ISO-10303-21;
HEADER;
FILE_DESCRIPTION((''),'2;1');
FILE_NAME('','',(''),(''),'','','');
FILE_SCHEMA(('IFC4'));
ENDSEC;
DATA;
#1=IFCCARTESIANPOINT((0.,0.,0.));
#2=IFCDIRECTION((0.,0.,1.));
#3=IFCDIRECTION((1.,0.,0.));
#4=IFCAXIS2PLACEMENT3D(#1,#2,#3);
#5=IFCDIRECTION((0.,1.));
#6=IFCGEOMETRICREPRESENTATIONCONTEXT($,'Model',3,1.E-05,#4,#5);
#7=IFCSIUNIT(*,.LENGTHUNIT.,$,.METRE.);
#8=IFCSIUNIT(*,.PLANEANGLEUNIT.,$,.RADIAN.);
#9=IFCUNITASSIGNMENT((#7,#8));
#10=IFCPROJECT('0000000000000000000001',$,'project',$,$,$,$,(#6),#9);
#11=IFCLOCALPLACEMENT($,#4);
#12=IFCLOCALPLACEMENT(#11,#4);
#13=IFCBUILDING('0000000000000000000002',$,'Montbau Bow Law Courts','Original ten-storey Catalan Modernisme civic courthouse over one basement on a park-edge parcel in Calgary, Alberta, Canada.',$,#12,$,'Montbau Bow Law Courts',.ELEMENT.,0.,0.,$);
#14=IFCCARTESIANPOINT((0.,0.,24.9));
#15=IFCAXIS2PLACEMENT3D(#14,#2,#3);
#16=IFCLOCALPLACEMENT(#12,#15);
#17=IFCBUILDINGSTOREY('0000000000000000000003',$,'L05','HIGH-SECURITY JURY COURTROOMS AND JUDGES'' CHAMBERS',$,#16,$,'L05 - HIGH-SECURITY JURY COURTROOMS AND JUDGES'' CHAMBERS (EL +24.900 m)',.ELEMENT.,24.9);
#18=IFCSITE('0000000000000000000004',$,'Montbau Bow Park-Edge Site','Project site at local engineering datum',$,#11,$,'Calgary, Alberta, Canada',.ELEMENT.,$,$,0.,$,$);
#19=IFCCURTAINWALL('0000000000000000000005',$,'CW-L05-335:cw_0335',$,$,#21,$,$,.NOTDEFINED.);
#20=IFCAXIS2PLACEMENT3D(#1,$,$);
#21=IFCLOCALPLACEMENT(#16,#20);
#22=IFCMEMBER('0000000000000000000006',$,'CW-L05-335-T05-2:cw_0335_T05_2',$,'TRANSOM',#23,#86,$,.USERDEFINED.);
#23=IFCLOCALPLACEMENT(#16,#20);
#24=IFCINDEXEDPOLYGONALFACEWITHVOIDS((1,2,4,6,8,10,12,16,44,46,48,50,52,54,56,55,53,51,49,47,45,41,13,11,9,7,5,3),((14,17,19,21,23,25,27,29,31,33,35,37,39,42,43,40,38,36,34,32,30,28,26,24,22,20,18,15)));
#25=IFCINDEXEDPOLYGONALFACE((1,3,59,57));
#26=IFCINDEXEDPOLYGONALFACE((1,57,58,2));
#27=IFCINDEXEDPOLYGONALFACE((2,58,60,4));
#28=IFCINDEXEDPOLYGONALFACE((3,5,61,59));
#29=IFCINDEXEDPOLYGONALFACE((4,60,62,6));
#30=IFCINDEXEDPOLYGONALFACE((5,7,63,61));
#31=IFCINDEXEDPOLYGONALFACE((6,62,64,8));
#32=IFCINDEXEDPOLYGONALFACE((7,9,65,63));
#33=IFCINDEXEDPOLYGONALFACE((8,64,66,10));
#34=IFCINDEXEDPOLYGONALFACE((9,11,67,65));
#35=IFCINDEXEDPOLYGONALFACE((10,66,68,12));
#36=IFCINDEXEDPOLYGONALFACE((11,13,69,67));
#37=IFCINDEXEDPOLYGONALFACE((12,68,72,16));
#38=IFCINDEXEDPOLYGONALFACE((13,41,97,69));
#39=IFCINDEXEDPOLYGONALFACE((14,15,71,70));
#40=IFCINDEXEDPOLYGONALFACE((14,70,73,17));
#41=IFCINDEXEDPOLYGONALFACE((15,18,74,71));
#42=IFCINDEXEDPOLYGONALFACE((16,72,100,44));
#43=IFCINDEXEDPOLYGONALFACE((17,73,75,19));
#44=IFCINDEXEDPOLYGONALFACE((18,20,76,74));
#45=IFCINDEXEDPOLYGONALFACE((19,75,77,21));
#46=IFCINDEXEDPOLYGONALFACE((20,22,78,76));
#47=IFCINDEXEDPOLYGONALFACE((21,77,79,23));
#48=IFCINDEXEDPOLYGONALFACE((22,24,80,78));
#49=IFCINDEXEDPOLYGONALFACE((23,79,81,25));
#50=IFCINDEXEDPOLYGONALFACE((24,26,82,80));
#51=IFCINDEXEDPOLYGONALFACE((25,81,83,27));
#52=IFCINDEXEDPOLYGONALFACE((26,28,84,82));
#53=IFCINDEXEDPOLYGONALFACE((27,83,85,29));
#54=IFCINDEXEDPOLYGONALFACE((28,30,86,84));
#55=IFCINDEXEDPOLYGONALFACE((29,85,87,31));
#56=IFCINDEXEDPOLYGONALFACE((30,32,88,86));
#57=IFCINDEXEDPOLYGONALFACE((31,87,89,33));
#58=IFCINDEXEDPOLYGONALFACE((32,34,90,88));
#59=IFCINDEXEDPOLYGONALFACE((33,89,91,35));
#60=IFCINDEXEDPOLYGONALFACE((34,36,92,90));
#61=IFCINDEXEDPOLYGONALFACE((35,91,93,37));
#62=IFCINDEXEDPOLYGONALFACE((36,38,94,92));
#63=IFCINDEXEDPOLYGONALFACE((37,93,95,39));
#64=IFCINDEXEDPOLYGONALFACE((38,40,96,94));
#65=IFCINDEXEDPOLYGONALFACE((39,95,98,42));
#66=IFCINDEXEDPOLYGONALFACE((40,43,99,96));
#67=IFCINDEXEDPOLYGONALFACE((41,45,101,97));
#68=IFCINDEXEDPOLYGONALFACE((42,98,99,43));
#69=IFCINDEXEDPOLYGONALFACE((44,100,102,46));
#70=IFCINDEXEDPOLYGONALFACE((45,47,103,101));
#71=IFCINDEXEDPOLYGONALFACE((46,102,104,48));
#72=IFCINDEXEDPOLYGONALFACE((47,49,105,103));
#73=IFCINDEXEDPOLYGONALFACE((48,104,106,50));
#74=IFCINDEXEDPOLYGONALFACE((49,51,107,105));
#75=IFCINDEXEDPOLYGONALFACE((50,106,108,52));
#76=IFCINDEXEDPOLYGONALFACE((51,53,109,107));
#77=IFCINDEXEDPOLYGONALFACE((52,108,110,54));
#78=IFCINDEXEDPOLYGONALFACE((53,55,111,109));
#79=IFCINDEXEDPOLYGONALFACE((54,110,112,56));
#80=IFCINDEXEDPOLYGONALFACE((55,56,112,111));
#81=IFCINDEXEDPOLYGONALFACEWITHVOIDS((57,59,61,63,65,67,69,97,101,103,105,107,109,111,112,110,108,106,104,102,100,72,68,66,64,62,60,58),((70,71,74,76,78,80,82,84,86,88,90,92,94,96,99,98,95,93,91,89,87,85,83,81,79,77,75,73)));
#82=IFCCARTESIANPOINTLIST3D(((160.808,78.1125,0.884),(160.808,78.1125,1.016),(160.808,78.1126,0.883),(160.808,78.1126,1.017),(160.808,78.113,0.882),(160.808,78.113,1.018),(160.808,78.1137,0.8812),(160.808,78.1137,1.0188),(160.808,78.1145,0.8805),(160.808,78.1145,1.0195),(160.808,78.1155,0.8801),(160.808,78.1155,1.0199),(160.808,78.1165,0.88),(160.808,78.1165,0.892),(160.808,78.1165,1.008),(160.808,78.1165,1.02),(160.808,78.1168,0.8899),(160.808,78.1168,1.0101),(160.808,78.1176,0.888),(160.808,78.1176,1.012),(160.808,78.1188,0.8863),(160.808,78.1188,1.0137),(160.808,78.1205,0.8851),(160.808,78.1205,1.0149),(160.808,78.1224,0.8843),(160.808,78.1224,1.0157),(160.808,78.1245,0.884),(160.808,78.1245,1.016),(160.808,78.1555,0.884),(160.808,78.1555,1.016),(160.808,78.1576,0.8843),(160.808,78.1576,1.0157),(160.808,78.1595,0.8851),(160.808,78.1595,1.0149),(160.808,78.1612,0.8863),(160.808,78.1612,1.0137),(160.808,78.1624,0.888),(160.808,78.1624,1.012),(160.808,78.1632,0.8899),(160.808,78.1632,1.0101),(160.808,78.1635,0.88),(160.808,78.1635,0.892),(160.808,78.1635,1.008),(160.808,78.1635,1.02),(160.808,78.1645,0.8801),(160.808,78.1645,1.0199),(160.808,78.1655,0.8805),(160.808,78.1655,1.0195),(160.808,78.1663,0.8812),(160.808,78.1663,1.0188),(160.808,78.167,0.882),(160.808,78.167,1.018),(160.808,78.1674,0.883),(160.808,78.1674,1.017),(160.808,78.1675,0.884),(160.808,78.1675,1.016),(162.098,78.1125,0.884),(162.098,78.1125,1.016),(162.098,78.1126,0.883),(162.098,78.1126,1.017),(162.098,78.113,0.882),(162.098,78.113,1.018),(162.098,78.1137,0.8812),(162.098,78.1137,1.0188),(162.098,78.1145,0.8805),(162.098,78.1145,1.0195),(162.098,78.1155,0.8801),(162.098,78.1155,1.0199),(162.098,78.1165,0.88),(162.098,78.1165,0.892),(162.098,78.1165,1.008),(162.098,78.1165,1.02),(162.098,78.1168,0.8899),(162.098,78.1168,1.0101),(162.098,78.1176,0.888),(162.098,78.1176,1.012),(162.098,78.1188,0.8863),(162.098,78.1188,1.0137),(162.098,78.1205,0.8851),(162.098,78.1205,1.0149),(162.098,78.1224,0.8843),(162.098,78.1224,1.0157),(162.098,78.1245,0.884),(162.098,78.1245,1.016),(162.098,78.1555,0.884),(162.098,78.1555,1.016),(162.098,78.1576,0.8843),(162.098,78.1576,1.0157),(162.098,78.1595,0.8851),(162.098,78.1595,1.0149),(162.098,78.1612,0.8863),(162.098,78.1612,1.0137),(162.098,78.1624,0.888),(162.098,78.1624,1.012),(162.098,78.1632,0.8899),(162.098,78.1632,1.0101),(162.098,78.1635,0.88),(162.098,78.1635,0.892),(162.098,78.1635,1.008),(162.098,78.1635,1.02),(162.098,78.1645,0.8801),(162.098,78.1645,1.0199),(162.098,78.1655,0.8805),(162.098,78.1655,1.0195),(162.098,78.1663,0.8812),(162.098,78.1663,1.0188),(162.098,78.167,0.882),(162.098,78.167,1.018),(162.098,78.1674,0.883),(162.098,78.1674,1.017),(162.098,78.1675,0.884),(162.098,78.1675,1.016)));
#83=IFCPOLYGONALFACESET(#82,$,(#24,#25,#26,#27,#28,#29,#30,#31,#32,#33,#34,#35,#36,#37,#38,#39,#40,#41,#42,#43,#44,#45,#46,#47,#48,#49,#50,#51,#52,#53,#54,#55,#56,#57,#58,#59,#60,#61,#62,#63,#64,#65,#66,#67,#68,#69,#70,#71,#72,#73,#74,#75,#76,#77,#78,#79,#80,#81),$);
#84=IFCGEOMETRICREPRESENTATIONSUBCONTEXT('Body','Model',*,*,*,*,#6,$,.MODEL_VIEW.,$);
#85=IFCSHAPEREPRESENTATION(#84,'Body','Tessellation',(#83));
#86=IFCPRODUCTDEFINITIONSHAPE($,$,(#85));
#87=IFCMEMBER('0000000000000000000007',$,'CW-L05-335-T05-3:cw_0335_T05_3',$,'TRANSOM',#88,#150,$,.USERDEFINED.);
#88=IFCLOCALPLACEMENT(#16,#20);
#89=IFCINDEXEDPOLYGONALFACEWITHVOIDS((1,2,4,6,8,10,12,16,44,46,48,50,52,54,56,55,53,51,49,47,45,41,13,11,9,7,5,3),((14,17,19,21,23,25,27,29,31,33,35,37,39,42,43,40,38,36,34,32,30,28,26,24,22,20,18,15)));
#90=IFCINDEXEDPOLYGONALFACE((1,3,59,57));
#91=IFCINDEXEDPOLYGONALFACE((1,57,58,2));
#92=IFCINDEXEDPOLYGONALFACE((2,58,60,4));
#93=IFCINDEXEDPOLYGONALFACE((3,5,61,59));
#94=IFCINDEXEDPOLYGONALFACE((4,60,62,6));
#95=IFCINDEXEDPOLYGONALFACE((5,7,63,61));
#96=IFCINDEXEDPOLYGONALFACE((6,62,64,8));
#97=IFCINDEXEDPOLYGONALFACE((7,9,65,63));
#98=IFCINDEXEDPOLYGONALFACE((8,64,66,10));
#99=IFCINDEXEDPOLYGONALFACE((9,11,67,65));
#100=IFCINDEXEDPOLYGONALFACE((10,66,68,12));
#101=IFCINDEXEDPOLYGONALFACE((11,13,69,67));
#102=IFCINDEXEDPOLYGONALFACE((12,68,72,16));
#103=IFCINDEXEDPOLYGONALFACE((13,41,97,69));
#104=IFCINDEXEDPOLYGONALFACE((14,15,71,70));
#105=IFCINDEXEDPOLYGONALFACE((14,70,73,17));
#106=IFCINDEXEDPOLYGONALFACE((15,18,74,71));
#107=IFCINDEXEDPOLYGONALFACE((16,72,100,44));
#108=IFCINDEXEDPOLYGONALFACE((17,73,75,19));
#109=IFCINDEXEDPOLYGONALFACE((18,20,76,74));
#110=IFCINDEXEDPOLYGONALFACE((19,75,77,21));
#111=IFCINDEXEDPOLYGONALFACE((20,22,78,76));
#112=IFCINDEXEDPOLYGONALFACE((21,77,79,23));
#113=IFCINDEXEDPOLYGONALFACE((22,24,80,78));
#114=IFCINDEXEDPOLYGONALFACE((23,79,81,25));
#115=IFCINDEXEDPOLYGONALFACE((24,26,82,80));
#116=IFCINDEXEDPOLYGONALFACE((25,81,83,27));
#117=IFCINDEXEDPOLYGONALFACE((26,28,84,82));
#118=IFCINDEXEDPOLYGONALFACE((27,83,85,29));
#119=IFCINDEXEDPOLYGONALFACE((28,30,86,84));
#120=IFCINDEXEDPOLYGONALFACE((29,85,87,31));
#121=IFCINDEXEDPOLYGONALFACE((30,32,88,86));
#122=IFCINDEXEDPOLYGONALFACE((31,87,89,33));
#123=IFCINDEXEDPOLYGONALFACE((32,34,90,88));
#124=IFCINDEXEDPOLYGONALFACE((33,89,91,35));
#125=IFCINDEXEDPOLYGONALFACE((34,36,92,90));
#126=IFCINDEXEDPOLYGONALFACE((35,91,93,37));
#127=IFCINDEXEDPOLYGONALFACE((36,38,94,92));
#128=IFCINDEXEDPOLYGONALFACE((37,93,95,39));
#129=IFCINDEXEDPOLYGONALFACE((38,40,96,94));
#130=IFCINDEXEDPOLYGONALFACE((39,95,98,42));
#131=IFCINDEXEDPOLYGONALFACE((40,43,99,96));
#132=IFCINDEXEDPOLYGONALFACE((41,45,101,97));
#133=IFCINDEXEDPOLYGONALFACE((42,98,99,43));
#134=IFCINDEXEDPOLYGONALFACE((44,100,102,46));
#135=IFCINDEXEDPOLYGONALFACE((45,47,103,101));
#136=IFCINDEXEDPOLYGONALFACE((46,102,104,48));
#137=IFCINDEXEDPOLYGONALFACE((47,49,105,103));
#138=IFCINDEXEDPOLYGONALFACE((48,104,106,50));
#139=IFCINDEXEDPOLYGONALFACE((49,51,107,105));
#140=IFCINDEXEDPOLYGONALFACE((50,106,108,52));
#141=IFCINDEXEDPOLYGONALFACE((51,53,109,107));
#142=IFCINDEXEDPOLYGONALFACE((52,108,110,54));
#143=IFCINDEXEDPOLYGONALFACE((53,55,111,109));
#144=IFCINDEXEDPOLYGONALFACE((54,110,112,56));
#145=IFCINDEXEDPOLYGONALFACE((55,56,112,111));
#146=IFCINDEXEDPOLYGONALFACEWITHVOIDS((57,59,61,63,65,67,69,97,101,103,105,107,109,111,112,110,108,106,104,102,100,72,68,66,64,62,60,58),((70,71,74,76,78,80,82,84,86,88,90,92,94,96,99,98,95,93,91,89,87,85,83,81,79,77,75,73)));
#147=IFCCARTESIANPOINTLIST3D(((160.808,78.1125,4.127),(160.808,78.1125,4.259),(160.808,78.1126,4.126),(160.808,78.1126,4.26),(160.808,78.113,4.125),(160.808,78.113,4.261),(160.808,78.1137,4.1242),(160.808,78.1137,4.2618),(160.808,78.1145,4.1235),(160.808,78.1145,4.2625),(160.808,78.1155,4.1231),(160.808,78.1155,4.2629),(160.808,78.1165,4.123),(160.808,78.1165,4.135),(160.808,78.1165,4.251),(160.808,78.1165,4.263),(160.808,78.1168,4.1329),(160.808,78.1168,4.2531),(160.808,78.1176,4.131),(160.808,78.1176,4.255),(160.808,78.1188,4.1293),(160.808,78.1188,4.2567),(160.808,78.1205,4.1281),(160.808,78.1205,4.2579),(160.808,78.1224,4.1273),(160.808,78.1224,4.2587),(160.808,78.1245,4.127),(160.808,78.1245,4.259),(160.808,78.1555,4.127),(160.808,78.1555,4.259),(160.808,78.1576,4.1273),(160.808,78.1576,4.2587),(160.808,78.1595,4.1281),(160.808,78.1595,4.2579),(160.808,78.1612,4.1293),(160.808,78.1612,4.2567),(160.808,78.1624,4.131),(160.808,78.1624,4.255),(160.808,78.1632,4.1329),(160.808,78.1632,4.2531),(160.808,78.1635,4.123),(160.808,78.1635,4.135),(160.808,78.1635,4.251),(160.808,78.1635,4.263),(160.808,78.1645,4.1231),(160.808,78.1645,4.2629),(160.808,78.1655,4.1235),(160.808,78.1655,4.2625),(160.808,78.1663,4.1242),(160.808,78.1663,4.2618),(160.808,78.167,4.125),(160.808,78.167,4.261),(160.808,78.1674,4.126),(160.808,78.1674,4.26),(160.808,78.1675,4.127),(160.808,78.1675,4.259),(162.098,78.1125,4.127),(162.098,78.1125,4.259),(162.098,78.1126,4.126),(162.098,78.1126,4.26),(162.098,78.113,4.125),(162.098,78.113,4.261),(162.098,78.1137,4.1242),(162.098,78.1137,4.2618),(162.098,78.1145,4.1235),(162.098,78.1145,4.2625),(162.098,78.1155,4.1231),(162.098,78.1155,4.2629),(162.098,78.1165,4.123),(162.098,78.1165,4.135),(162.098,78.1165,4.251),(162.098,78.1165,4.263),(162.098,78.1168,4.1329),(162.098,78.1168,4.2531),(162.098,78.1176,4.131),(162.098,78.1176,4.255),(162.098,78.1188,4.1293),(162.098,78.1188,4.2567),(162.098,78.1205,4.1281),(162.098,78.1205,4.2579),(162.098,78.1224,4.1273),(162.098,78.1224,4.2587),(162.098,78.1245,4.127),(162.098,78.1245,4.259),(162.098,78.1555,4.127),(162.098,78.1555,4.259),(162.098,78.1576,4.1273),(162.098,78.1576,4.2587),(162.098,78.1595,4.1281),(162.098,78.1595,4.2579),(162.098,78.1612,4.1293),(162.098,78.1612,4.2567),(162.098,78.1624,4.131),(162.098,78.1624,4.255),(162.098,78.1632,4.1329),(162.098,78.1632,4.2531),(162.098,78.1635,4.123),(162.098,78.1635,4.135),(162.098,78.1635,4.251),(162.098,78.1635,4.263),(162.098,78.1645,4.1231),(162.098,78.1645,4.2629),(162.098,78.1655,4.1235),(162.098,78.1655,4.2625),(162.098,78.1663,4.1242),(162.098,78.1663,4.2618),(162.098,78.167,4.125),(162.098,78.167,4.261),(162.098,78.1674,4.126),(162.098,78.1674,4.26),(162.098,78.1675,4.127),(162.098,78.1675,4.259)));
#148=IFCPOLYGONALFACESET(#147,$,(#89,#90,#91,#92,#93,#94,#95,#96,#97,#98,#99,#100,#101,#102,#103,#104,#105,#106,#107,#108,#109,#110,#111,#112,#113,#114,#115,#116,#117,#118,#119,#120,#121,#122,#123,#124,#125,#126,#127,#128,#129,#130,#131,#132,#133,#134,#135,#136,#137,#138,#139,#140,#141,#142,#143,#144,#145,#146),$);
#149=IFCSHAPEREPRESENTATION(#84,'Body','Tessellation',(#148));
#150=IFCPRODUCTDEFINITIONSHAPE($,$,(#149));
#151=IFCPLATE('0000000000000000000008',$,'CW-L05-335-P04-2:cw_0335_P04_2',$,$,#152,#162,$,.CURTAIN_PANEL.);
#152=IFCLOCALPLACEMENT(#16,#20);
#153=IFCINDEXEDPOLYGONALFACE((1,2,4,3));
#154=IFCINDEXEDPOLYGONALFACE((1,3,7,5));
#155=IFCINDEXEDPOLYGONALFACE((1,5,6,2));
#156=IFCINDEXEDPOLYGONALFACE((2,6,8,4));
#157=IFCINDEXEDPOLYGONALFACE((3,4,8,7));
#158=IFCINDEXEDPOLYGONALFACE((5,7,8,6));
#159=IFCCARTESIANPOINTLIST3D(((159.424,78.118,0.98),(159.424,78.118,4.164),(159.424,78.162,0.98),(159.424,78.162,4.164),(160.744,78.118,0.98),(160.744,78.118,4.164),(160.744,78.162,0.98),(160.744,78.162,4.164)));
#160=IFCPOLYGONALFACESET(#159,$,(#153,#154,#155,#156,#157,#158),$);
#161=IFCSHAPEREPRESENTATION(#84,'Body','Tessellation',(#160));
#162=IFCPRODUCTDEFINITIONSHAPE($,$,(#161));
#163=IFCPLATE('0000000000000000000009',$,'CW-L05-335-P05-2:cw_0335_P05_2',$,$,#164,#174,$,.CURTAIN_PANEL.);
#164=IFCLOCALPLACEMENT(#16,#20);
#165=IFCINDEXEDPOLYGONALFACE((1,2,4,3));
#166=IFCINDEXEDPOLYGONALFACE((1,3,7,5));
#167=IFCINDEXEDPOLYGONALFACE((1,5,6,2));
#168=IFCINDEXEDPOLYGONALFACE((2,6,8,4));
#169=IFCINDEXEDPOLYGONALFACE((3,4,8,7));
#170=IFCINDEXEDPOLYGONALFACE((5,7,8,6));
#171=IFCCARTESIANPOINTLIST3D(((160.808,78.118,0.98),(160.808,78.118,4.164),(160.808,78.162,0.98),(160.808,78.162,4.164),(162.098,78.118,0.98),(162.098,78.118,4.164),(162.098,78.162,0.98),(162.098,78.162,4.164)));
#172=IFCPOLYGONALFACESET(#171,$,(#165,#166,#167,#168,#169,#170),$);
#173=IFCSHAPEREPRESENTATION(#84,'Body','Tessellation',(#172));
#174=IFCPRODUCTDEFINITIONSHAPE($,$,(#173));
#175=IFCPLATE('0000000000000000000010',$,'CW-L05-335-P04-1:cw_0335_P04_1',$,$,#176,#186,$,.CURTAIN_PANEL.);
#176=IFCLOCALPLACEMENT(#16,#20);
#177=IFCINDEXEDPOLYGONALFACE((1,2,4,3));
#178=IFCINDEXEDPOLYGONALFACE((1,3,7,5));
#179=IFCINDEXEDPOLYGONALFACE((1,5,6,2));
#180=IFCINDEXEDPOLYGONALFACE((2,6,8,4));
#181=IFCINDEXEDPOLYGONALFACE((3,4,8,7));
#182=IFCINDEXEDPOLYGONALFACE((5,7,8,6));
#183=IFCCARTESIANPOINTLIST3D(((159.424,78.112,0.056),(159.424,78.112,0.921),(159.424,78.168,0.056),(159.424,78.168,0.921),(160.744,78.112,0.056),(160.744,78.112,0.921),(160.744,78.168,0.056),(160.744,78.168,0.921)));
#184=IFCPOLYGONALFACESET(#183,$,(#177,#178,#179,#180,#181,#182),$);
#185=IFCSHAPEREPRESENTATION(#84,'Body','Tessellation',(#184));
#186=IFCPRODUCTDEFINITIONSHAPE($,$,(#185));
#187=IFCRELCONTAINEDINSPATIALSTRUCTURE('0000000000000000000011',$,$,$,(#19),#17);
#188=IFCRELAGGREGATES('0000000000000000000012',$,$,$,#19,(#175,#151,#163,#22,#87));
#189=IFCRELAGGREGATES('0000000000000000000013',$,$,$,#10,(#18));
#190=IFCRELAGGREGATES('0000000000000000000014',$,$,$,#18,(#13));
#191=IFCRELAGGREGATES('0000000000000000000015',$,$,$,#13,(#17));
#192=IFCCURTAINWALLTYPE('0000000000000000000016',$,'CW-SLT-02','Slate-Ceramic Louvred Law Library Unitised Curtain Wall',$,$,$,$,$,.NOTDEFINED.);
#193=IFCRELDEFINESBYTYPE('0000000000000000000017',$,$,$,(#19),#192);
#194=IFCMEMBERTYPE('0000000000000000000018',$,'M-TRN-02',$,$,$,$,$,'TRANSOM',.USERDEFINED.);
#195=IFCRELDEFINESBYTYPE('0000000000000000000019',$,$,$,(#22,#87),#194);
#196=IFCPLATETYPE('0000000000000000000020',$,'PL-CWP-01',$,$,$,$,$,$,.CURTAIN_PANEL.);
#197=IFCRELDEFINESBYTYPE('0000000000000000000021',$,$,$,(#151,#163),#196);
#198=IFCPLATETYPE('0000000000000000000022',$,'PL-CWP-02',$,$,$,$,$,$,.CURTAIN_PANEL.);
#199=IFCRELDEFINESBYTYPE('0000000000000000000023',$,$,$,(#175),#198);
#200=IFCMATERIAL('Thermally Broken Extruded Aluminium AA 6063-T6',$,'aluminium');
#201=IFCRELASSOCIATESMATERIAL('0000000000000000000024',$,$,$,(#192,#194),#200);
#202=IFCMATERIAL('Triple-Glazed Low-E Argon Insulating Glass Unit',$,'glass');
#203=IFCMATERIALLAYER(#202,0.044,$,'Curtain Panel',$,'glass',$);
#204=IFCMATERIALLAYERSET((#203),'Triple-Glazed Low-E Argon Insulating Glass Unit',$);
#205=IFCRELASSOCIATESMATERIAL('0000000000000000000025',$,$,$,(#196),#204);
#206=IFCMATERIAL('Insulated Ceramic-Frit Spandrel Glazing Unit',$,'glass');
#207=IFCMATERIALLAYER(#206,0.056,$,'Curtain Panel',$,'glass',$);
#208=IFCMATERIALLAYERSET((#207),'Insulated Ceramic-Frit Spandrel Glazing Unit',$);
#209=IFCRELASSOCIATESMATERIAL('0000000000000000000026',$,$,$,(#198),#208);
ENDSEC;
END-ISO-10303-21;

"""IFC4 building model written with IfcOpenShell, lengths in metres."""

from ifc_helpers import new_model, si_unit, direction, frame, frame_2d, origin_with_axes, origin_2d_with_axis, place, context, subcontext, project, spatial, rectangle, hollow_rectangle, extrude, material, layer, layer_set, material_profile, profile_set, type_object, element, aggregate, save


model = new_model("IFC4")

# Units and contexts
model_context = context("Model", 3, precision=1e-05, world=origin_with_axes(), true_north=direction((0.0, 1.0)))
body_context = subcontext(model_context, "Body", "Model", "MODEL_VIEW")
ifc_project = project(units=[si_unit("LENGTHUNIT", "METRE"), si_unit("PLANEANGLEUNIT", "RADIAN")], contexts=[model_context])

# Site, building, storey
site_placement = place(None, origin_with_axes())
site = spatial("IfcSite", under=ifc_project, at=site_placement, Name="Montbau Bow Park-Edge Site", Description="Project site at local engineering datum", LongName="Calgary, Alberta, Canada", CompositionType="ELEMENT", RefElevation=0.0)
building_placement = place(site_placement, origin_with_axes())
building = spatial("IfcBuilding", under=site, at=building_placement, Name="Montbau Bow Law Courts", Description="Original ten-storey Catalan Modernisme civic courthouse over one basement on a park-edge parcel in Calgary, Alberta, Canada.", LongName="Montbau Bow Law Courts", CompositionType="ELEMENT", ElevationOfRefHeight=0.0, ElevationOfTerrain=0.0)
storey_placement = place(building_placement, frame((0.0, 0.0, 24.9), z_axis=(0.0, 0.0, 1.0), x_axis=(1.0, 0.0, 0.0)))
storey = spatial("IfcBuildingStorey", under=building, at=storey_placement, Name="L05", Description="HIGH-SECURITY JURY COURTROOMS AND JUDGES' CHAMBERS", LongName="L05 - HIGH-SECURITY JURY COURTROOMS AND JUDGES' CHAMBERS (EL +24.900 m)", CompositionType="ELEMENT", Elevation=24.9)

# Shared definitions
ifc_material_1 = material(Name="Thermally Broken Extruded Aluminium AA 6063-T6", Category="aluminium")
curtain_wall_type = type_object("IfcCurtainWallType", Name="CW-SLT-02", Description="Slate-Ceramic Louvred Law Library Unitised Curtain Wall", PredefinedType="NOTDEFINED", material=ifc_material_1)

# Curtain wall, members, plates
curtain_wall_1_placement = place(None, frame((155.24, 78.14, 24.9), z_axis=(0.0, 0.0, 1.0), x_axis=(1.0, 0.0, 0.0)))
curtain_wall_1 = element("IfcCurtainWall", 1, at=curtain_wall_1_placement, inside=storey, type_object=curtain_wall_type, Name="CW-L05-335:cw_0335", PredefinedType="NOTDEFINED")
ifc_material_profile_1 = material_profile(ifc_material_1, hollow_rectangle(XDim=0.055, YDim=0.14, WallThickness=0.004, InnerFilletRadius=0.008, OuterFilletRadius=0.004, at=origin_2d_with_axis()), Name="CWT-140X55", Category="Main", Priority=0)
ifc_profile_set_1 = profile_set([ifc_material_profile_1], Name="Thermally Broken Extruded Aluminium AA 6063-T6")
member_type_1 = type_object("IfcMemberType", Name="M-TRN-02", ElementType="TRANSOM", PredefinedType="USERDEFINED", material=ifc_profile_set_1)
member_1_placement = place(None, frame((160.808, 78.14, 25.85), z_axis=(1.0, 0.0, 0.0), x_axis=(0.0, 1.0, 0.0)))
member_1 = element("IfcMember", 2, at=member_1_placement, type_object=member_type_1, Name="CW-L05-335-T05-2:cw_0335_T05_2", ObjectType="TRANSOM", PredefinedType="USERDEFINED", context=body_context, shape_type="SweptSolid", body=[
    extrude(hollow_rectangle(XDim=0.055, YDim=0.14, WallThickness=0.004, InnerFilletRadius=0.008, OuterFilletRadius=0.004, at=origin_2d_with_axis()), origin_with_axes(), (0.0, 0.0, 1.0), 1.29),
])
member_2_placement = place(None, frame((160.808, 78.14, 29.093), z_axis=(1.0, 0.0, 0.0), x_axis=(0.0, 1.0, 0.0)))
member_2 = element("IfcMember", 3, at=member_2_placement, type_object=member_type_1, Name="CW-L05-335-T05-3:cw_0335_T05_3", ObjectType="TRANSOM", PredefinedType="USERDEFINED", context=body_context, shape_type="SweptSolid", body=[
    extrude(hollow_rectangle(XDim=0.055, YDim=0.14, WallThickness=0.004, InnerFilletRadius=0.008, OuterFilletRadius=0.004, at=origin_2d_with_axis()), origin_with_axes(), (0.0, 0.0, 1.0), 1.29),
])
ifc_material_2 = material(Name="Triple-Glazed Low-E Argon Insulating Glass Unit", Category="glass")
ifc_layer_1 = layer(ifc_material_2, 0.044, Name="Curtain Panel", Category="glass")
ifc_layer_set_1 = layer_set([ifc_layer_1], Name="Triple-Glazed Low-E Argon Insulating Glass Unit")
plate_type_1 = type_object("IfcPlateType", Name="PL-CWP-01", PredefinedType="CURTAIN_PANEL", material=ifc_layer_set_1)
plate_1_placement = place(None, frame((159.424, 78.14, 25.88), z_axis=(0.0, -1.0, 0.0), x_axis=(1.0, 0.0, 0.0)))
plate_1 = element("IfcPlate", 4, at=plate_1_placement, type_object=plate_type_1, Name="CW-L05-335-P04-2:cw_0335_P04_2", PredefinedType="CURTAIN_PANEL", context=body_context, shape_type="SweptSolid", body=[
    extrude(rectangle(XDim=1.32, YDim=3.184, at=frame_2d((0.66, 1.592), x_axis=(1.0, 0.0))), frame((0.0, 0.0, -0.022), z_axis=(0.0, 0.0, 1.0), x_axis=(1.0, 0.0, 0.0)), (0.0, 0.0, 1.0), 0.044),
])
plate_2_placement = place(None, frame((160.808, 78.14, 25.88), z_axis=(0.0, -1.0, 0.0), x_axis=(1.0, 0.0, 0.0)))
plate_2 = element("IfcPlate", 5, at=plate_2_placement, type_object=plate_type_1, Name="CW-L05-335-P05-2:cw_0335_P05_2", PredefinedType="CURTAIN_PANEL", context=body_context, shape_type="SweptSolid", body=[
    extrude(rectangle(XDim=1.29, YDim=3.184, at=frame_2d((0.645, 1.592), x_axis=(1.0, 0.0))), frame((0.0, 0.0, -0.022), z_axis=(0.0, 0.0, 1.0), x_axis=(1.0, 0.0, 0.0)), (0.0, 0.0, 1.0), 0.044),
])
ifc_material_3 = material(Name="Insulated Ceramic-Frit Spandrel Glazing Unit", Category="glass")
ifc_layer_2 = layer(ifc_material_3, 0.056, Name="Curtain Panel", Category="glass")
ifc_layer_set_2 = layer_set([ifc_layer_2], Name="Insulated Ceramic-Frit Spandrel Glazing Unit")
plate_type_2 = type_object("IfcPlateType", Name="PL-CWP-02", PredefinedType="CURTAIN_PANEL", material=ifc_layer_set_2)
plate_3_placement = place(None, frame((159.424, 78.14, 24.956), z_axis=(0.0, -1.0, 0.0), x_axis=(1.0, 0.0, 0.0)))
plate_3 = element("IfcPlate", 6, at=plate_3_placement, type_object=plate_type_2, Name="CW-L05-335-P04-1:cw_0335_P04_1", PredefinedType="CURTAIN_PANEL", context=body_context, shape_type="SweptSolid", body=[
    extrude(rectangle(XDim=1.32, YDim=0.865, at=frame_2d((0.66, 0.4325), x_axis=(1.0, 0.0))), frame((0.0, 0.0, -0.028), z_axis=(0.0, 0.0, 1.0), x_axis=(1.0, 0.0, 0.0)), (0.0, 0.0, 1.0), 0.056),
])
aggregate(curtain_wall_1, [plate_3, plate_1, plate_2, member_1, member_2])

save(model, "model.ifc")
